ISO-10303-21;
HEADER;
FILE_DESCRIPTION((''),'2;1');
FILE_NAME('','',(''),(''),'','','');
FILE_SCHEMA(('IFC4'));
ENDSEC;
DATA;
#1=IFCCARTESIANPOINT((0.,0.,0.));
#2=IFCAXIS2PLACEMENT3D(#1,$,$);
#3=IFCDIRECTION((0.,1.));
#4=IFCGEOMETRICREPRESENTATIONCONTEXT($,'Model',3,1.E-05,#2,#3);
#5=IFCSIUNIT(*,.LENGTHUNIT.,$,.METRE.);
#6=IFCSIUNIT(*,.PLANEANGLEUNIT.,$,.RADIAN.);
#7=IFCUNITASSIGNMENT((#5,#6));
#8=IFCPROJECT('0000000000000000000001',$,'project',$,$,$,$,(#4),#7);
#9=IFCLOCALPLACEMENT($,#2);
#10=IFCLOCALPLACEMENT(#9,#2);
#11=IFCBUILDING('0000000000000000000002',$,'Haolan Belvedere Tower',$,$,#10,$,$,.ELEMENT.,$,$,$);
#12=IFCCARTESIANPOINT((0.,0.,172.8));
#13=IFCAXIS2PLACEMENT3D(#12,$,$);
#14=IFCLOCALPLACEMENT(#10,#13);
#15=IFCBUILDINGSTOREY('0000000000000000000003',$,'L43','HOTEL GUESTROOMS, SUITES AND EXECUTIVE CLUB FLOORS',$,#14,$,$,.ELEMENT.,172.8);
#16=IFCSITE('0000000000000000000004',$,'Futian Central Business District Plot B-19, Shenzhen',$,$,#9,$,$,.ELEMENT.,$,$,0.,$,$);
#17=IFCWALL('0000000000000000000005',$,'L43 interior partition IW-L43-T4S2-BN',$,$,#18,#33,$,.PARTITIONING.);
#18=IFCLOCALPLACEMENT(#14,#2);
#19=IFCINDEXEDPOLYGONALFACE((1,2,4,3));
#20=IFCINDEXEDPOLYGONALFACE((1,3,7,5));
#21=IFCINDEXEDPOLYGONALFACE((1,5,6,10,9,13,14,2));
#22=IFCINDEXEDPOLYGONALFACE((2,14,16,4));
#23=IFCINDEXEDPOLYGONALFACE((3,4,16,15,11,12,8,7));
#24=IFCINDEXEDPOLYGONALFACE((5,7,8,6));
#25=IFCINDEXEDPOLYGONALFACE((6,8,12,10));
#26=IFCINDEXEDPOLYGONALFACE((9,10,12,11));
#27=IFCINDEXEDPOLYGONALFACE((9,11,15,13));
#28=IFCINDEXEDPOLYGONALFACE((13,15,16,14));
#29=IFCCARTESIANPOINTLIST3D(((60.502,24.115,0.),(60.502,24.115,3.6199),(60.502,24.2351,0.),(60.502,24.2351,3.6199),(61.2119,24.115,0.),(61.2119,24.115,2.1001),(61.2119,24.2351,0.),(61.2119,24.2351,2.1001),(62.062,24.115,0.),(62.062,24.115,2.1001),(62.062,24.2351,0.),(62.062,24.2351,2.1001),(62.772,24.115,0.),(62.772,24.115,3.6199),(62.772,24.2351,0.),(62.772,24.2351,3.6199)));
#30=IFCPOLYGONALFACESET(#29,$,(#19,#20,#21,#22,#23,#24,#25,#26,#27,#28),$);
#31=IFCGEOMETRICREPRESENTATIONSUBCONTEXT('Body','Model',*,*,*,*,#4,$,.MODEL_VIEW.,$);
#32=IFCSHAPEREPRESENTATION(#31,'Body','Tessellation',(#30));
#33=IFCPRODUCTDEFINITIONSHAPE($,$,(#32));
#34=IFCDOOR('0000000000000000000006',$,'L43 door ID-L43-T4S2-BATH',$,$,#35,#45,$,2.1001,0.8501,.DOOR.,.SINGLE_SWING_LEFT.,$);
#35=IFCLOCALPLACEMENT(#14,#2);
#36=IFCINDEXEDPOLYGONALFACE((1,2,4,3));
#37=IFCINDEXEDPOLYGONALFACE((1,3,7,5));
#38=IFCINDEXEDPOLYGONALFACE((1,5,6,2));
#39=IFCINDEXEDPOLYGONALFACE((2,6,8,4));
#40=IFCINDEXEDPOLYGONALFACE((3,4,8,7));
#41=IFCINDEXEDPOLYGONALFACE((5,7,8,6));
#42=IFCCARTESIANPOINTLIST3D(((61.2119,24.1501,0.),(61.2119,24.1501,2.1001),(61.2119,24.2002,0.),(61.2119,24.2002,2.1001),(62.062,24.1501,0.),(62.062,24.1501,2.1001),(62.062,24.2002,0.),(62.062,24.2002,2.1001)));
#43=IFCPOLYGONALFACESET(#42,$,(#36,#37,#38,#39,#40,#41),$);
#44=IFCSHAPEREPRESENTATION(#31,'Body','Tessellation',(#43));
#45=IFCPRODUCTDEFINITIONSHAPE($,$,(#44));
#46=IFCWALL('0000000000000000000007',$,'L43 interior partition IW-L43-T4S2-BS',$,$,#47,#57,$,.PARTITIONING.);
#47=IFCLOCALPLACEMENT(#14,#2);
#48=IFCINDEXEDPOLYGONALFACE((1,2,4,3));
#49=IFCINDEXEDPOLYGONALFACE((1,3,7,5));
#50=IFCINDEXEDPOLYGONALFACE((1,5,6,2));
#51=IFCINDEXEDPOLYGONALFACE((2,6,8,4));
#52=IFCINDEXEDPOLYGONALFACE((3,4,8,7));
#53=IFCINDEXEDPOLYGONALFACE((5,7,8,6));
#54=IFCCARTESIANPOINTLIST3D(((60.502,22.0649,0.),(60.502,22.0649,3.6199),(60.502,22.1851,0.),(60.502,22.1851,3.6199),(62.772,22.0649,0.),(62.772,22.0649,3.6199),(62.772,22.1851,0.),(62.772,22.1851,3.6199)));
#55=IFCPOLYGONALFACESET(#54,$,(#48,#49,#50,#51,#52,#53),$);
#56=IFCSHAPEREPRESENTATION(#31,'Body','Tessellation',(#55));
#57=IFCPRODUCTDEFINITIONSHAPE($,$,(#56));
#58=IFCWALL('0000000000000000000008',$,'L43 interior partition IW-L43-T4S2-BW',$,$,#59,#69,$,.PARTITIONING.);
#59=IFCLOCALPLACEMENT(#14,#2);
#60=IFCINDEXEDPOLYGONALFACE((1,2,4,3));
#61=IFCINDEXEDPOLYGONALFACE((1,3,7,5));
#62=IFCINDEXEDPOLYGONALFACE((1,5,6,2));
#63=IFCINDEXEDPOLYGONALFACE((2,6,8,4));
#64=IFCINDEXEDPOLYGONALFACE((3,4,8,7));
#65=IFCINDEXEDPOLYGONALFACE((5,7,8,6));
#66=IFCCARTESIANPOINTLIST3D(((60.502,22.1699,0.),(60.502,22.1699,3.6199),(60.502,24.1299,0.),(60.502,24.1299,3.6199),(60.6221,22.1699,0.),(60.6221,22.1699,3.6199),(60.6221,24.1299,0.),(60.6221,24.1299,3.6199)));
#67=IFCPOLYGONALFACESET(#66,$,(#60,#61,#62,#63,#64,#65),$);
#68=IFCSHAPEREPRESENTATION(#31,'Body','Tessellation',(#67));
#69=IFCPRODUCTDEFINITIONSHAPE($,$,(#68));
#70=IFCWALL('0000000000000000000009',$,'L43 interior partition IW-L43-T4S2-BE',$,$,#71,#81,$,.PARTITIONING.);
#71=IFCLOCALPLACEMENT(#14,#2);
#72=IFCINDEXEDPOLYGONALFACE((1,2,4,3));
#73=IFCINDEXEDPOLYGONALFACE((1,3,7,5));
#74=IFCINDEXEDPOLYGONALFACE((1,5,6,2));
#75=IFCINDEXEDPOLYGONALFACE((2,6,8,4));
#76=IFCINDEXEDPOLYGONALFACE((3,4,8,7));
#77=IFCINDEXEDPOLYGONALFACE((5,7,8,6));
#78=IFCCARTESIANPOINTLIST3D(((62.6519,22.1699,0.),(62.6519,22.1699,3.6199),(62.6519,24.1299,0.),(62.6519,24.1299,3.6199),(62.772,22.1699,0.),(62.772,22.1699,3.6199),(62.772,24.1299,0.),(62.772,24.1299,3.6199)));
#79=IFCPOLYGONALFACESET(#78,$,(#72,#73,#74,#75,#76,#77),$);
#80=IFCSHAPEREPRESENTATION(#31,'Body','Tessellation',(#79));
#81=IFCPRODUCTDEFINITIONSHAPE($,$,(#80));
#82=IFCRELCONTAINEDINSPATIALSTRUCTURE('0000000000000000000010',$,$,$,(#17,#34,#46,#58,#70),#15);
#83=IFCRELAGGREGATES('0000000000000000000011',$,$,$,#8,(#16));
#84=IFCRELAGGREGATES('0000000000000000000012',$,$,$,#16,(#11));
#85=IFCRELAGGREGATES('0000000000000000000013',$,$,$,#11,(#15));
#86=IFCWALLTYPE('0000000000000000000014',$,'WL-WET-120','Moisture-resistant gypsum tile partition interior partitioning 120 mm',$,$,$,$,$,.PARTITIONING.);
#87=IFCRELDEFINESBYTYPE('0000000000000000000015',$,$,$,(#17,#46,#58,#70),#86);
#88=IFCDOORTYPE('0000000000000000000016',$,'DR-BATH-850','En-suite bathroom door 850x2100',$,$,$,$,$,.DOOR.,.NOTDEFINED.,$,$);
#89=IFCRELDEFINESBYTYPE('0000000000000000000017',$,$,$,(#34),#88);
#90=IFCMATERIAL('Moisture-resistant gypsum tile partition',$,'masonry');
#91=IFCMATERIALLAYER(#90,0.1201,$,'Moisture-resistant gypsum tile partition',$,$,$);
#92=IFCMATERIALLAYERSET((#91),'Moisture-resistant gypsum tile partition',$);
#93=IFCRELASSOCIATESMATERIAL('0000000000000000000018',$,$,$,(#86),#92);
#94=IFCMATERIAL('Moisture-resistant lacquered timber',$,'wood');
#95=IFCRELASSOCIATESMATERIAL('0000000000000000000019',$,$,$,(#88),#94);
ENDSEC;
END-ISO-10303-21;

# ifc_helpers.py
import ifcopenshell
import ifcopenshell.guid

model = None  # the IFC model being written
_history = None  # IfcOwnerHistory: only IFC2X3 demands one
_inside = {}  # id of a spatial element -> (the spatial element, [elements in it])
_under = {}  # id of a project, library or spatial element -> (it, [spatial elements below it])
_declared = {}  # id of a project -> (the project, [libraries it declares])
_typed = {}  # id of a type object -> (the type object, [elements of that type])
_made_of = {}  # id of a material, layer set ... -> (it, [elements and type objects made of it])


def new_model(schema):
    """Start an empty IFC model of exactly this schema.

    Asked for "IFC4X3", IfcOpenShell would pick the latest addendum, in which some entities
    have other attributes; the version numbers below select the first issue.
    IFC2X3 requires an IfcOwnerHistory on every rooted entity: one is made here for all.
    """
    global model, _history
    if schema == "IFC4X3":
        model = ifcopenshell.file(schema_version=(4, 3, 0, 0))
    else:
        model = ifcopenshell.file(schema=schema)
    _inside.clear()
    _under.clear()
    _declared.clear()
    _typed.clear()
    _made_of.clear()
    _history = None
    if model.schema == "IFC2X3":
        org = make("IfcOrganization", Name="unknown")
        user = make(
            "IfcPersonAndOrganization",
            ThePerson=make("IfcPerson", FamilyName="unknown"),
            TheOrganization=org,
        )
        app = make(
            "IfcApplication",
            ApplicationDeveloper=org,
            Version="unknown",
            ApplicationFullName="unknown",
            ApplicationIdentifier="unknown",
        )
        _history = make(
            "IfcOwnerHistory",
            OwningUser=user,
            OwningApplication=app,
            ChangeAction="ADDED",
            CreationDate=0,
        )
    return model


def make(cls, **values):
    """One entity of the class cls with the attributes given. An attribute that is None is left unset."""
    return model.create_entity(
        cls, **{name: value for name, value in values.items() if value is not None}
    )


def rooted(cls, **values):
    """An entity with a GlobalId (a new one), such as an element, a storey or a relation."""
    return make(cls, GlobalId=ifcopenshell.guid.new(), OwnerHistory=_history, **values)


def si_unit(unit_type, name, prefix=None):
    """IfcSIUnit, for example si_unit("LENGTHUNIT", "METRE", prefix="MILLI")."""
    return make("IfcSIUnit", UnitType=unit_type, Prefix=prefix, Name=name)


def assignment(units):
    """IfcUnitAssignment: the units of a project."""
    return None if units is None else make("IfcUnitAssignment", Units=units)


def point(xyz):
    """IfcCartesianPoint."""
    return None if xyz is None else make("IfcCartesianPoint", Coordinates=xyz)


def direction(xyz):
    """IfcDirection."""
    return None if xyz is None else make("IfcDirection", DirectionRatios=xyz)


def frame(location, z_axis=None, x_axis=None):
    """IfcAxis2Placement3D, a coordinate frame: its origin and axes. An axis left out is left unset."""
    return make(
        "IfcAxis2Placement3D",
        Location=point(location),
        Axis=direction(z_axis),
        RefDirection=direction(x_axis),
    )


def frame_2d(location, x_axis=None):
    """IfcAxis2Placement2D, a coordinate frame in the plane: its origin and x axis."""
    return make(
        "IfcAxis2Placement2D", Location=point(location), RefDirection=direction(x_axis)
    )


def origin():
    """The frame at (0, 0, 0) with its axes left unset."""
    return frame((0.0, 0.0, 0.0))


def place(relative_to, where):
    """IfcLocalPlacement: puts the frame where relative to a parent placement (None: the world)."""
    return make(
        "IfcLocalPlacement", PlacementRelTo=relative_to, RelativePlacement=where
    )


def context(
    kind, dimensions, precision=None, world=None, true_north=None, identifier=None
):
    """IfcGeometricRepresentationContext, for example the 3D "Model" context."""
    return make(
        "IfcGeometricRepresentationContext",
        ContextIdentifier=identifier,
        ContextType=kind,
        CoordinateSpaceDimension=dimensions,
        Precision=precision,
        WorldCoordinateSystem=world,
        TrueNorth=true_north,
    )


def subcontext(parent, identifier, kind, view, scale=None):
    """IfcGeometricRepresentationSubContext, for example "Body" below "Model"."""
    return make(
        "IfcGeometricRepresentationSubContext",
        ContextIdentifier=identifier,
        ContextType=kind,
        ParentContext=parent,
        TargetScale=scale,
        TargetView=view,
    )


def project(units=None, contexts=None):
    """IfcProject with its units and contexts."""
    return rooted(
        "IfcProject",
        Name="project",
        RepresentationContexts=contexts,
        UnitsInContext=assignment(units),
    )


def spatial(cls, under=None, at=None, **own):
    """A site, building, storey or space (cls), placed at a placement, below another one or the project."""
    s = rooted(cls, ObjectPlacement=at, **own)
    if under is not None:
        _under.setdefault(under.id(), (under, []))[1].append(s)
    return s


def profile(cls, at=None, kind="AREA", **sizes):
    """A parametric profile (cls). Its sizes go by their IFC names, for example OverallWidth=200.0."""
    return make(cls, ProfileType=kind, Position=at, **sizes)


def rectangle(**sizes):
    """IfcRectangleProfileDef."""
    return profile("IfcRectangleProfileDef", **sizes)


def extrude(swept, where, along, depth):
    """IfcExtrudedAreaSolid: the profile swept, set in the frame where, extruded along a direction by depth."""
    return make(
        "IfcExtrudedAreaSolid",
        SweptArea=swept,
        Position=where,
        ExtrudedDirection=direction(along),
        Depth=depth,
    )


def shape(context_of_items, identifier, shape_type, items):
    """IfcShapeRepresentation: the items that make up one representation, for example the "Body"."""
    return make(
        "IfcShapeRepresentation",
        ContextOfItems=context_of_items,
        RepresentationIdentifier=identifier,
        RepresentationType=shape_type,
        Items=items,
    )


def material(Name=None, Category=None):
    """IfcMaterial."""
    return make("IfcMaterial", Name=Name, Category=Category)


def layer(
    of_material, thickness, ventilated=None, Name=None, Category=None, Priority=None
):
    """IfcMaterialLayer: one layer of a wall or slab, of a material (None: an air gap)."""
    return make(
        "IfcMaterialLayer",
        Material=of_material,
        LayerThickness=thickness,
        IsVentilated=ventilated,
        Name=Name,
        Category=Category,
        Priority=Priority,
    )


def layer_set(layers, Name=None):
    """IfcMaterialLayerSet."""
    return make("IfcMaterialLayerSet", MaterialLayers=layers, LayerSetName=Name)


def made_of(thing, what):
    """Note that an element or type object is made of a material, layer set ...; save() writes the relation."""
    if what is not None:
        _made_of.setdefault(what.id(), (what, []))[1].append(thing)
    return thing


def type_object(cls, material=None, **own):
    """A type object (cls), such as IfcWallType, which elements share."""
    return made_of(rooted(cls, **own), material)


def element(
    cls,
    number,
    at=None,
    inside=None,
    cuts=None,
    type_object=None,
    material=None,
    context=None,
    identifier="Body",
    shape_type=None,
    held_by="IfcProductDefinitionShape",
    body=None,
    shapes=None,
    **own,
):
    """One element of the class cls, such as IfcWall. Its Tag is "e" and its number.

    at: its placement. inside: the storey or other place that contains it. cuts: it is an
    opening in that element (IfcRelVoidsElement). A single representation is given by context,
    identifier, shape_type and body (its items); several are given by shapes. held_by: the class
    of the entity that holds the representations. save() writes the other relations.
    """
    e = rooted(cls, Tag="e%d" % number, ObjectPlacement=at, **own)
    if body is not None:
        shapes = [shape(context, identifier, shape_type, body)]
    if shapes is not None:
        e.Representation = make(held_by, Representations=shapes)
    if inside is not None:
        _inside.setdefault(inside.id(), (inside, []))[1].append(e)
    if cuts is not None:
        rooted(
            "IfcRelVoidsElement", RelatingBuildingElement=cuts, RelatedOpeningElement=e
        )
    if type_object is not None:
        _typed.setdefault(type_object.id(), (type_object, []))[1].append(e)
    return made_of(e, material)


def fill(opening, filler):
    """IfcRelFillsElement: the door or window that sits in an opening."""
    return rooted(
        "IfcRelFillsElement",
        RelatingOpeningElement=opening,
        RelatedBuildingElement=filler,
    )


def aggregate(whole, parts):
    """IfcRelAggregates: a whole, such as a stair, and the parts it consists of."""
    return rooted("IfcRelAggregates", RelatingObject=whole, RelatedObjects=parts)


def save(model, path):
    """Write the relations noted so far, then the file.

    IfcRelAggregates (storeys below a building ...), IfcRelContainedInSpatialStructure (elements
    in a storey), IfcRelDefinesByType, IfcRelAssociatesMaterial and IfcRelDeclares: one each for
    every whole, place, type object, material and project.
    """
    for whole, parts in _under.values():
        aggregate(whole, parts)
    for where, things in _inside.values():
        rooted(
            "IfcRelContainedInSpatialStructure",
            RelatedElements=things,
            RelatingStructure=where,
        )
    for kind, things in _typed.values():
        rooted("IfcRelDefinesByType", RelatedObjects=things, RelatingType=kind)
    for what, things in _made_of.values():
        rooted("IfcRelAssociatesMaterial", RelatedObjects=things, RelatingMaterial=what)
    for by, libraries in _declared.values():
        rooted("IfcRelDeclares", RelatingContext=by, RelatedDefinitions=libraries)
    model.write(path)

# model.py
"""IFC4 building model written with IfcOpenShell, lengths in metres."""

from ifc_helpers import new_model, si_unit, direction, frame, frame_2d, origin, place, context, subcontext, project, spatial, rectangle, extrude, material, layer, layer_set, type_object, element, fill, save


model = new_model("IFC4")

# Units and contexts
model_context = context("Model", 3, precision=1e-05, world=origin(), true_north=direction((0.0, 1.0)))
body_context = subcontext(model_context, "Body", "Model", "MODEL_VIEW")
ifc_project = project(units=[si_unit("LENGTHUNIT", "METRE"), si_unit("PLANEANGLEUNIT", "RADIAN")], contexts=[model_context])

# Site, building, storey
site_placement = place(None, origin())
site = spatial("IfcSite", under=ifc_project, at=site_placement, Name="Futian Central Business District Plot B-19, Shenzhen", CompositionType="ELEMENT", RefElevation=0.0)
building_placement = place(site_placement, origin())
building = spatial("IfcBuilding", under=site, at=building_placement, Name="Haolan Belvedere Tower", CompositionType="ELEMENT")
storey_placement = place(building_placement, frame((0.0, 0.0, 172.8)))
storey = spatial("IfcBuildingStorey", under=building, at=storey_placement, Name="L43", Description="HOTEL GUESTROOMS, SUITES AND EXECUTIVE CLUB FLOORS", CompositionType="ELEMENT", Elevation=172.8)

# Shared definitions
ifc_material_1 = material(Name="Moisture-resistant gypsum tile partition", Category="masonry")
ifc_layer_1 = layer(ifc_material_1, 0.1201, Name="Moisture-resistant gypsum tile partition")
ifc_layer_set_1 = layer_set([ifc_layer_1], Name="Moisture-resistant gypsum tile partition")
wall_type_1 = type_object("IfcWallType", Name="WL-WET-120", Description="Moisture-resistant gypsum tile partition interior partitioning 120 mm", PredefinedType="PARTITIONING", material=ifc_layer_set_1)

# Wall, opening, door
ifc_material_2 = material(Name="Moisture-resistant lacquered timber", Category="wood")
door_type = type_object("IfcDoorType", Name="DR-BATH-850", Description="En-suite bathroom door 850x2100", OperationType="NOTDEFINED", PredefinedType="DOOR", material=ifc_material_2)
wall_1_placement = place(storey_placement, frame((60.502, 24.175, 0.0), z_axis=(0.0, 0.0, 1.0), x_axis=(1.0, 0.0, 0.0)))
wall_1 = element("IfcWall", 1, at=wall_1_placement, inside=storey, type_object=wall_type_1, Name="L43 interior partition IW-L43-T4S2-BN", PredefinedType="PARTITIONING", context=body_context, shape_type="SweptSolid", body=[
    extrude(rectangle(XDim=2.27, YDim=0.1201, at=frame_2d((1.135, 0.0))), origin(), (0.0, 0.0, 1.0), 3.6199),
])
opening_1_placement = place(wall_1_placement, frame((1.5601, 0.0, 0.0), z_axis=(0.0, 0.0, 1.0), x_axis=(-1.0, 0.0, 0.0)))
opening_1 = element("IfcOpeningElement", 2, at=opening_1_placement, cuts=wall_1, PredefinedType="OPENING", context=body_context, shape_type="SweptSolid", body=[
    extrude(rectangle(XDim=0.8501, YDim=2.1001, at=frame_2d((0.425, 1.05))), frame((0.0, 0.0701, 0.0), z_axis=(0.0, -1.0, 0.0), x_axis=(1.0, 0.0, 0.0)), (0.0, 0.0, 1.0), 0.1401),
])
door_1_placement = place(opening_1_placement, origin())
door_1 = element("IfcDoor", 3, at=door_1_placement, inside=storey, type_object=door_type, Name="L43 door ID-L43-T4S2-BATH", OperationType="SINGLE_SWING_LEFT", OverallHeight=2.1001, OverallWidth=0.8501, PredefinedType="DOOR", context=body_context, shape_type="SweptSolid", body=[
    extrude(rectangle(XDim=0.8501, YDim=2.1001, at=frame_2d((0.425, 1.05))), frame((0.0, 0.0249, 0.0), z_axis=(0.0, -1.0, 0.0), x_axis=(1.0, 0.0, 0.0)), (0.0, 0.0, 1.0), 0.05),
])
fill(opening_1, door_1)

# Walls
wall_2_placement = place(storey_placement, frame((60.502, 22.125, 0.0), z_axis=(0.0, 0.0, 1.0), x_axis=(1.0, 0.0, 0.0)))
element("IfcWall", 4, at=wall_2_placement, inside=storey, type_object=wall_type_1, Name="L43 interior partition IW-L43-T4S2-BS", PredefinedType="PARTITIONING", context=body_context, shape_type="SweptSolid", body=[
    extrude(rectangle(XDim=2.27, YDim=0.1201, at=frame_2d((1.135, 0.0))), origin(), (0.0, 0.0, 1.0), 3.6199),
])
for number, where, z_axis, x_axis, name in (
    (5, (60.562, 22.1699, 0.0), (0.0, 0.0, 1.0), (0.0, 1.0, 0.0), "L43 interior partition IW-L43-T4S2-BW"),
    (6, (62.7119, 22.1699, 0.0), (0.0, 0.0, 1.0), (0.0, 1.0, 0.0), "L43 interior partition IW-L43-T4S2-BE"),
):
    element("IfcWall", number, at=place(storey_placement, frame(where, z_axis=z_axis, x_axis=x_axis)), inside=storey, type_object=wall_type_1, Name=name, PredefinedType="PARTITIONING", context=body_context, shape_type="SweptSolid", body=[
        extrude(rectangle(XDim=1.96, YDim=0.1201, at=frame_2d((0.98, 0.0))), origin(), (0.0, 0.0, 1.0), 3.6199),
    ])

save(model, "model.ifc")
